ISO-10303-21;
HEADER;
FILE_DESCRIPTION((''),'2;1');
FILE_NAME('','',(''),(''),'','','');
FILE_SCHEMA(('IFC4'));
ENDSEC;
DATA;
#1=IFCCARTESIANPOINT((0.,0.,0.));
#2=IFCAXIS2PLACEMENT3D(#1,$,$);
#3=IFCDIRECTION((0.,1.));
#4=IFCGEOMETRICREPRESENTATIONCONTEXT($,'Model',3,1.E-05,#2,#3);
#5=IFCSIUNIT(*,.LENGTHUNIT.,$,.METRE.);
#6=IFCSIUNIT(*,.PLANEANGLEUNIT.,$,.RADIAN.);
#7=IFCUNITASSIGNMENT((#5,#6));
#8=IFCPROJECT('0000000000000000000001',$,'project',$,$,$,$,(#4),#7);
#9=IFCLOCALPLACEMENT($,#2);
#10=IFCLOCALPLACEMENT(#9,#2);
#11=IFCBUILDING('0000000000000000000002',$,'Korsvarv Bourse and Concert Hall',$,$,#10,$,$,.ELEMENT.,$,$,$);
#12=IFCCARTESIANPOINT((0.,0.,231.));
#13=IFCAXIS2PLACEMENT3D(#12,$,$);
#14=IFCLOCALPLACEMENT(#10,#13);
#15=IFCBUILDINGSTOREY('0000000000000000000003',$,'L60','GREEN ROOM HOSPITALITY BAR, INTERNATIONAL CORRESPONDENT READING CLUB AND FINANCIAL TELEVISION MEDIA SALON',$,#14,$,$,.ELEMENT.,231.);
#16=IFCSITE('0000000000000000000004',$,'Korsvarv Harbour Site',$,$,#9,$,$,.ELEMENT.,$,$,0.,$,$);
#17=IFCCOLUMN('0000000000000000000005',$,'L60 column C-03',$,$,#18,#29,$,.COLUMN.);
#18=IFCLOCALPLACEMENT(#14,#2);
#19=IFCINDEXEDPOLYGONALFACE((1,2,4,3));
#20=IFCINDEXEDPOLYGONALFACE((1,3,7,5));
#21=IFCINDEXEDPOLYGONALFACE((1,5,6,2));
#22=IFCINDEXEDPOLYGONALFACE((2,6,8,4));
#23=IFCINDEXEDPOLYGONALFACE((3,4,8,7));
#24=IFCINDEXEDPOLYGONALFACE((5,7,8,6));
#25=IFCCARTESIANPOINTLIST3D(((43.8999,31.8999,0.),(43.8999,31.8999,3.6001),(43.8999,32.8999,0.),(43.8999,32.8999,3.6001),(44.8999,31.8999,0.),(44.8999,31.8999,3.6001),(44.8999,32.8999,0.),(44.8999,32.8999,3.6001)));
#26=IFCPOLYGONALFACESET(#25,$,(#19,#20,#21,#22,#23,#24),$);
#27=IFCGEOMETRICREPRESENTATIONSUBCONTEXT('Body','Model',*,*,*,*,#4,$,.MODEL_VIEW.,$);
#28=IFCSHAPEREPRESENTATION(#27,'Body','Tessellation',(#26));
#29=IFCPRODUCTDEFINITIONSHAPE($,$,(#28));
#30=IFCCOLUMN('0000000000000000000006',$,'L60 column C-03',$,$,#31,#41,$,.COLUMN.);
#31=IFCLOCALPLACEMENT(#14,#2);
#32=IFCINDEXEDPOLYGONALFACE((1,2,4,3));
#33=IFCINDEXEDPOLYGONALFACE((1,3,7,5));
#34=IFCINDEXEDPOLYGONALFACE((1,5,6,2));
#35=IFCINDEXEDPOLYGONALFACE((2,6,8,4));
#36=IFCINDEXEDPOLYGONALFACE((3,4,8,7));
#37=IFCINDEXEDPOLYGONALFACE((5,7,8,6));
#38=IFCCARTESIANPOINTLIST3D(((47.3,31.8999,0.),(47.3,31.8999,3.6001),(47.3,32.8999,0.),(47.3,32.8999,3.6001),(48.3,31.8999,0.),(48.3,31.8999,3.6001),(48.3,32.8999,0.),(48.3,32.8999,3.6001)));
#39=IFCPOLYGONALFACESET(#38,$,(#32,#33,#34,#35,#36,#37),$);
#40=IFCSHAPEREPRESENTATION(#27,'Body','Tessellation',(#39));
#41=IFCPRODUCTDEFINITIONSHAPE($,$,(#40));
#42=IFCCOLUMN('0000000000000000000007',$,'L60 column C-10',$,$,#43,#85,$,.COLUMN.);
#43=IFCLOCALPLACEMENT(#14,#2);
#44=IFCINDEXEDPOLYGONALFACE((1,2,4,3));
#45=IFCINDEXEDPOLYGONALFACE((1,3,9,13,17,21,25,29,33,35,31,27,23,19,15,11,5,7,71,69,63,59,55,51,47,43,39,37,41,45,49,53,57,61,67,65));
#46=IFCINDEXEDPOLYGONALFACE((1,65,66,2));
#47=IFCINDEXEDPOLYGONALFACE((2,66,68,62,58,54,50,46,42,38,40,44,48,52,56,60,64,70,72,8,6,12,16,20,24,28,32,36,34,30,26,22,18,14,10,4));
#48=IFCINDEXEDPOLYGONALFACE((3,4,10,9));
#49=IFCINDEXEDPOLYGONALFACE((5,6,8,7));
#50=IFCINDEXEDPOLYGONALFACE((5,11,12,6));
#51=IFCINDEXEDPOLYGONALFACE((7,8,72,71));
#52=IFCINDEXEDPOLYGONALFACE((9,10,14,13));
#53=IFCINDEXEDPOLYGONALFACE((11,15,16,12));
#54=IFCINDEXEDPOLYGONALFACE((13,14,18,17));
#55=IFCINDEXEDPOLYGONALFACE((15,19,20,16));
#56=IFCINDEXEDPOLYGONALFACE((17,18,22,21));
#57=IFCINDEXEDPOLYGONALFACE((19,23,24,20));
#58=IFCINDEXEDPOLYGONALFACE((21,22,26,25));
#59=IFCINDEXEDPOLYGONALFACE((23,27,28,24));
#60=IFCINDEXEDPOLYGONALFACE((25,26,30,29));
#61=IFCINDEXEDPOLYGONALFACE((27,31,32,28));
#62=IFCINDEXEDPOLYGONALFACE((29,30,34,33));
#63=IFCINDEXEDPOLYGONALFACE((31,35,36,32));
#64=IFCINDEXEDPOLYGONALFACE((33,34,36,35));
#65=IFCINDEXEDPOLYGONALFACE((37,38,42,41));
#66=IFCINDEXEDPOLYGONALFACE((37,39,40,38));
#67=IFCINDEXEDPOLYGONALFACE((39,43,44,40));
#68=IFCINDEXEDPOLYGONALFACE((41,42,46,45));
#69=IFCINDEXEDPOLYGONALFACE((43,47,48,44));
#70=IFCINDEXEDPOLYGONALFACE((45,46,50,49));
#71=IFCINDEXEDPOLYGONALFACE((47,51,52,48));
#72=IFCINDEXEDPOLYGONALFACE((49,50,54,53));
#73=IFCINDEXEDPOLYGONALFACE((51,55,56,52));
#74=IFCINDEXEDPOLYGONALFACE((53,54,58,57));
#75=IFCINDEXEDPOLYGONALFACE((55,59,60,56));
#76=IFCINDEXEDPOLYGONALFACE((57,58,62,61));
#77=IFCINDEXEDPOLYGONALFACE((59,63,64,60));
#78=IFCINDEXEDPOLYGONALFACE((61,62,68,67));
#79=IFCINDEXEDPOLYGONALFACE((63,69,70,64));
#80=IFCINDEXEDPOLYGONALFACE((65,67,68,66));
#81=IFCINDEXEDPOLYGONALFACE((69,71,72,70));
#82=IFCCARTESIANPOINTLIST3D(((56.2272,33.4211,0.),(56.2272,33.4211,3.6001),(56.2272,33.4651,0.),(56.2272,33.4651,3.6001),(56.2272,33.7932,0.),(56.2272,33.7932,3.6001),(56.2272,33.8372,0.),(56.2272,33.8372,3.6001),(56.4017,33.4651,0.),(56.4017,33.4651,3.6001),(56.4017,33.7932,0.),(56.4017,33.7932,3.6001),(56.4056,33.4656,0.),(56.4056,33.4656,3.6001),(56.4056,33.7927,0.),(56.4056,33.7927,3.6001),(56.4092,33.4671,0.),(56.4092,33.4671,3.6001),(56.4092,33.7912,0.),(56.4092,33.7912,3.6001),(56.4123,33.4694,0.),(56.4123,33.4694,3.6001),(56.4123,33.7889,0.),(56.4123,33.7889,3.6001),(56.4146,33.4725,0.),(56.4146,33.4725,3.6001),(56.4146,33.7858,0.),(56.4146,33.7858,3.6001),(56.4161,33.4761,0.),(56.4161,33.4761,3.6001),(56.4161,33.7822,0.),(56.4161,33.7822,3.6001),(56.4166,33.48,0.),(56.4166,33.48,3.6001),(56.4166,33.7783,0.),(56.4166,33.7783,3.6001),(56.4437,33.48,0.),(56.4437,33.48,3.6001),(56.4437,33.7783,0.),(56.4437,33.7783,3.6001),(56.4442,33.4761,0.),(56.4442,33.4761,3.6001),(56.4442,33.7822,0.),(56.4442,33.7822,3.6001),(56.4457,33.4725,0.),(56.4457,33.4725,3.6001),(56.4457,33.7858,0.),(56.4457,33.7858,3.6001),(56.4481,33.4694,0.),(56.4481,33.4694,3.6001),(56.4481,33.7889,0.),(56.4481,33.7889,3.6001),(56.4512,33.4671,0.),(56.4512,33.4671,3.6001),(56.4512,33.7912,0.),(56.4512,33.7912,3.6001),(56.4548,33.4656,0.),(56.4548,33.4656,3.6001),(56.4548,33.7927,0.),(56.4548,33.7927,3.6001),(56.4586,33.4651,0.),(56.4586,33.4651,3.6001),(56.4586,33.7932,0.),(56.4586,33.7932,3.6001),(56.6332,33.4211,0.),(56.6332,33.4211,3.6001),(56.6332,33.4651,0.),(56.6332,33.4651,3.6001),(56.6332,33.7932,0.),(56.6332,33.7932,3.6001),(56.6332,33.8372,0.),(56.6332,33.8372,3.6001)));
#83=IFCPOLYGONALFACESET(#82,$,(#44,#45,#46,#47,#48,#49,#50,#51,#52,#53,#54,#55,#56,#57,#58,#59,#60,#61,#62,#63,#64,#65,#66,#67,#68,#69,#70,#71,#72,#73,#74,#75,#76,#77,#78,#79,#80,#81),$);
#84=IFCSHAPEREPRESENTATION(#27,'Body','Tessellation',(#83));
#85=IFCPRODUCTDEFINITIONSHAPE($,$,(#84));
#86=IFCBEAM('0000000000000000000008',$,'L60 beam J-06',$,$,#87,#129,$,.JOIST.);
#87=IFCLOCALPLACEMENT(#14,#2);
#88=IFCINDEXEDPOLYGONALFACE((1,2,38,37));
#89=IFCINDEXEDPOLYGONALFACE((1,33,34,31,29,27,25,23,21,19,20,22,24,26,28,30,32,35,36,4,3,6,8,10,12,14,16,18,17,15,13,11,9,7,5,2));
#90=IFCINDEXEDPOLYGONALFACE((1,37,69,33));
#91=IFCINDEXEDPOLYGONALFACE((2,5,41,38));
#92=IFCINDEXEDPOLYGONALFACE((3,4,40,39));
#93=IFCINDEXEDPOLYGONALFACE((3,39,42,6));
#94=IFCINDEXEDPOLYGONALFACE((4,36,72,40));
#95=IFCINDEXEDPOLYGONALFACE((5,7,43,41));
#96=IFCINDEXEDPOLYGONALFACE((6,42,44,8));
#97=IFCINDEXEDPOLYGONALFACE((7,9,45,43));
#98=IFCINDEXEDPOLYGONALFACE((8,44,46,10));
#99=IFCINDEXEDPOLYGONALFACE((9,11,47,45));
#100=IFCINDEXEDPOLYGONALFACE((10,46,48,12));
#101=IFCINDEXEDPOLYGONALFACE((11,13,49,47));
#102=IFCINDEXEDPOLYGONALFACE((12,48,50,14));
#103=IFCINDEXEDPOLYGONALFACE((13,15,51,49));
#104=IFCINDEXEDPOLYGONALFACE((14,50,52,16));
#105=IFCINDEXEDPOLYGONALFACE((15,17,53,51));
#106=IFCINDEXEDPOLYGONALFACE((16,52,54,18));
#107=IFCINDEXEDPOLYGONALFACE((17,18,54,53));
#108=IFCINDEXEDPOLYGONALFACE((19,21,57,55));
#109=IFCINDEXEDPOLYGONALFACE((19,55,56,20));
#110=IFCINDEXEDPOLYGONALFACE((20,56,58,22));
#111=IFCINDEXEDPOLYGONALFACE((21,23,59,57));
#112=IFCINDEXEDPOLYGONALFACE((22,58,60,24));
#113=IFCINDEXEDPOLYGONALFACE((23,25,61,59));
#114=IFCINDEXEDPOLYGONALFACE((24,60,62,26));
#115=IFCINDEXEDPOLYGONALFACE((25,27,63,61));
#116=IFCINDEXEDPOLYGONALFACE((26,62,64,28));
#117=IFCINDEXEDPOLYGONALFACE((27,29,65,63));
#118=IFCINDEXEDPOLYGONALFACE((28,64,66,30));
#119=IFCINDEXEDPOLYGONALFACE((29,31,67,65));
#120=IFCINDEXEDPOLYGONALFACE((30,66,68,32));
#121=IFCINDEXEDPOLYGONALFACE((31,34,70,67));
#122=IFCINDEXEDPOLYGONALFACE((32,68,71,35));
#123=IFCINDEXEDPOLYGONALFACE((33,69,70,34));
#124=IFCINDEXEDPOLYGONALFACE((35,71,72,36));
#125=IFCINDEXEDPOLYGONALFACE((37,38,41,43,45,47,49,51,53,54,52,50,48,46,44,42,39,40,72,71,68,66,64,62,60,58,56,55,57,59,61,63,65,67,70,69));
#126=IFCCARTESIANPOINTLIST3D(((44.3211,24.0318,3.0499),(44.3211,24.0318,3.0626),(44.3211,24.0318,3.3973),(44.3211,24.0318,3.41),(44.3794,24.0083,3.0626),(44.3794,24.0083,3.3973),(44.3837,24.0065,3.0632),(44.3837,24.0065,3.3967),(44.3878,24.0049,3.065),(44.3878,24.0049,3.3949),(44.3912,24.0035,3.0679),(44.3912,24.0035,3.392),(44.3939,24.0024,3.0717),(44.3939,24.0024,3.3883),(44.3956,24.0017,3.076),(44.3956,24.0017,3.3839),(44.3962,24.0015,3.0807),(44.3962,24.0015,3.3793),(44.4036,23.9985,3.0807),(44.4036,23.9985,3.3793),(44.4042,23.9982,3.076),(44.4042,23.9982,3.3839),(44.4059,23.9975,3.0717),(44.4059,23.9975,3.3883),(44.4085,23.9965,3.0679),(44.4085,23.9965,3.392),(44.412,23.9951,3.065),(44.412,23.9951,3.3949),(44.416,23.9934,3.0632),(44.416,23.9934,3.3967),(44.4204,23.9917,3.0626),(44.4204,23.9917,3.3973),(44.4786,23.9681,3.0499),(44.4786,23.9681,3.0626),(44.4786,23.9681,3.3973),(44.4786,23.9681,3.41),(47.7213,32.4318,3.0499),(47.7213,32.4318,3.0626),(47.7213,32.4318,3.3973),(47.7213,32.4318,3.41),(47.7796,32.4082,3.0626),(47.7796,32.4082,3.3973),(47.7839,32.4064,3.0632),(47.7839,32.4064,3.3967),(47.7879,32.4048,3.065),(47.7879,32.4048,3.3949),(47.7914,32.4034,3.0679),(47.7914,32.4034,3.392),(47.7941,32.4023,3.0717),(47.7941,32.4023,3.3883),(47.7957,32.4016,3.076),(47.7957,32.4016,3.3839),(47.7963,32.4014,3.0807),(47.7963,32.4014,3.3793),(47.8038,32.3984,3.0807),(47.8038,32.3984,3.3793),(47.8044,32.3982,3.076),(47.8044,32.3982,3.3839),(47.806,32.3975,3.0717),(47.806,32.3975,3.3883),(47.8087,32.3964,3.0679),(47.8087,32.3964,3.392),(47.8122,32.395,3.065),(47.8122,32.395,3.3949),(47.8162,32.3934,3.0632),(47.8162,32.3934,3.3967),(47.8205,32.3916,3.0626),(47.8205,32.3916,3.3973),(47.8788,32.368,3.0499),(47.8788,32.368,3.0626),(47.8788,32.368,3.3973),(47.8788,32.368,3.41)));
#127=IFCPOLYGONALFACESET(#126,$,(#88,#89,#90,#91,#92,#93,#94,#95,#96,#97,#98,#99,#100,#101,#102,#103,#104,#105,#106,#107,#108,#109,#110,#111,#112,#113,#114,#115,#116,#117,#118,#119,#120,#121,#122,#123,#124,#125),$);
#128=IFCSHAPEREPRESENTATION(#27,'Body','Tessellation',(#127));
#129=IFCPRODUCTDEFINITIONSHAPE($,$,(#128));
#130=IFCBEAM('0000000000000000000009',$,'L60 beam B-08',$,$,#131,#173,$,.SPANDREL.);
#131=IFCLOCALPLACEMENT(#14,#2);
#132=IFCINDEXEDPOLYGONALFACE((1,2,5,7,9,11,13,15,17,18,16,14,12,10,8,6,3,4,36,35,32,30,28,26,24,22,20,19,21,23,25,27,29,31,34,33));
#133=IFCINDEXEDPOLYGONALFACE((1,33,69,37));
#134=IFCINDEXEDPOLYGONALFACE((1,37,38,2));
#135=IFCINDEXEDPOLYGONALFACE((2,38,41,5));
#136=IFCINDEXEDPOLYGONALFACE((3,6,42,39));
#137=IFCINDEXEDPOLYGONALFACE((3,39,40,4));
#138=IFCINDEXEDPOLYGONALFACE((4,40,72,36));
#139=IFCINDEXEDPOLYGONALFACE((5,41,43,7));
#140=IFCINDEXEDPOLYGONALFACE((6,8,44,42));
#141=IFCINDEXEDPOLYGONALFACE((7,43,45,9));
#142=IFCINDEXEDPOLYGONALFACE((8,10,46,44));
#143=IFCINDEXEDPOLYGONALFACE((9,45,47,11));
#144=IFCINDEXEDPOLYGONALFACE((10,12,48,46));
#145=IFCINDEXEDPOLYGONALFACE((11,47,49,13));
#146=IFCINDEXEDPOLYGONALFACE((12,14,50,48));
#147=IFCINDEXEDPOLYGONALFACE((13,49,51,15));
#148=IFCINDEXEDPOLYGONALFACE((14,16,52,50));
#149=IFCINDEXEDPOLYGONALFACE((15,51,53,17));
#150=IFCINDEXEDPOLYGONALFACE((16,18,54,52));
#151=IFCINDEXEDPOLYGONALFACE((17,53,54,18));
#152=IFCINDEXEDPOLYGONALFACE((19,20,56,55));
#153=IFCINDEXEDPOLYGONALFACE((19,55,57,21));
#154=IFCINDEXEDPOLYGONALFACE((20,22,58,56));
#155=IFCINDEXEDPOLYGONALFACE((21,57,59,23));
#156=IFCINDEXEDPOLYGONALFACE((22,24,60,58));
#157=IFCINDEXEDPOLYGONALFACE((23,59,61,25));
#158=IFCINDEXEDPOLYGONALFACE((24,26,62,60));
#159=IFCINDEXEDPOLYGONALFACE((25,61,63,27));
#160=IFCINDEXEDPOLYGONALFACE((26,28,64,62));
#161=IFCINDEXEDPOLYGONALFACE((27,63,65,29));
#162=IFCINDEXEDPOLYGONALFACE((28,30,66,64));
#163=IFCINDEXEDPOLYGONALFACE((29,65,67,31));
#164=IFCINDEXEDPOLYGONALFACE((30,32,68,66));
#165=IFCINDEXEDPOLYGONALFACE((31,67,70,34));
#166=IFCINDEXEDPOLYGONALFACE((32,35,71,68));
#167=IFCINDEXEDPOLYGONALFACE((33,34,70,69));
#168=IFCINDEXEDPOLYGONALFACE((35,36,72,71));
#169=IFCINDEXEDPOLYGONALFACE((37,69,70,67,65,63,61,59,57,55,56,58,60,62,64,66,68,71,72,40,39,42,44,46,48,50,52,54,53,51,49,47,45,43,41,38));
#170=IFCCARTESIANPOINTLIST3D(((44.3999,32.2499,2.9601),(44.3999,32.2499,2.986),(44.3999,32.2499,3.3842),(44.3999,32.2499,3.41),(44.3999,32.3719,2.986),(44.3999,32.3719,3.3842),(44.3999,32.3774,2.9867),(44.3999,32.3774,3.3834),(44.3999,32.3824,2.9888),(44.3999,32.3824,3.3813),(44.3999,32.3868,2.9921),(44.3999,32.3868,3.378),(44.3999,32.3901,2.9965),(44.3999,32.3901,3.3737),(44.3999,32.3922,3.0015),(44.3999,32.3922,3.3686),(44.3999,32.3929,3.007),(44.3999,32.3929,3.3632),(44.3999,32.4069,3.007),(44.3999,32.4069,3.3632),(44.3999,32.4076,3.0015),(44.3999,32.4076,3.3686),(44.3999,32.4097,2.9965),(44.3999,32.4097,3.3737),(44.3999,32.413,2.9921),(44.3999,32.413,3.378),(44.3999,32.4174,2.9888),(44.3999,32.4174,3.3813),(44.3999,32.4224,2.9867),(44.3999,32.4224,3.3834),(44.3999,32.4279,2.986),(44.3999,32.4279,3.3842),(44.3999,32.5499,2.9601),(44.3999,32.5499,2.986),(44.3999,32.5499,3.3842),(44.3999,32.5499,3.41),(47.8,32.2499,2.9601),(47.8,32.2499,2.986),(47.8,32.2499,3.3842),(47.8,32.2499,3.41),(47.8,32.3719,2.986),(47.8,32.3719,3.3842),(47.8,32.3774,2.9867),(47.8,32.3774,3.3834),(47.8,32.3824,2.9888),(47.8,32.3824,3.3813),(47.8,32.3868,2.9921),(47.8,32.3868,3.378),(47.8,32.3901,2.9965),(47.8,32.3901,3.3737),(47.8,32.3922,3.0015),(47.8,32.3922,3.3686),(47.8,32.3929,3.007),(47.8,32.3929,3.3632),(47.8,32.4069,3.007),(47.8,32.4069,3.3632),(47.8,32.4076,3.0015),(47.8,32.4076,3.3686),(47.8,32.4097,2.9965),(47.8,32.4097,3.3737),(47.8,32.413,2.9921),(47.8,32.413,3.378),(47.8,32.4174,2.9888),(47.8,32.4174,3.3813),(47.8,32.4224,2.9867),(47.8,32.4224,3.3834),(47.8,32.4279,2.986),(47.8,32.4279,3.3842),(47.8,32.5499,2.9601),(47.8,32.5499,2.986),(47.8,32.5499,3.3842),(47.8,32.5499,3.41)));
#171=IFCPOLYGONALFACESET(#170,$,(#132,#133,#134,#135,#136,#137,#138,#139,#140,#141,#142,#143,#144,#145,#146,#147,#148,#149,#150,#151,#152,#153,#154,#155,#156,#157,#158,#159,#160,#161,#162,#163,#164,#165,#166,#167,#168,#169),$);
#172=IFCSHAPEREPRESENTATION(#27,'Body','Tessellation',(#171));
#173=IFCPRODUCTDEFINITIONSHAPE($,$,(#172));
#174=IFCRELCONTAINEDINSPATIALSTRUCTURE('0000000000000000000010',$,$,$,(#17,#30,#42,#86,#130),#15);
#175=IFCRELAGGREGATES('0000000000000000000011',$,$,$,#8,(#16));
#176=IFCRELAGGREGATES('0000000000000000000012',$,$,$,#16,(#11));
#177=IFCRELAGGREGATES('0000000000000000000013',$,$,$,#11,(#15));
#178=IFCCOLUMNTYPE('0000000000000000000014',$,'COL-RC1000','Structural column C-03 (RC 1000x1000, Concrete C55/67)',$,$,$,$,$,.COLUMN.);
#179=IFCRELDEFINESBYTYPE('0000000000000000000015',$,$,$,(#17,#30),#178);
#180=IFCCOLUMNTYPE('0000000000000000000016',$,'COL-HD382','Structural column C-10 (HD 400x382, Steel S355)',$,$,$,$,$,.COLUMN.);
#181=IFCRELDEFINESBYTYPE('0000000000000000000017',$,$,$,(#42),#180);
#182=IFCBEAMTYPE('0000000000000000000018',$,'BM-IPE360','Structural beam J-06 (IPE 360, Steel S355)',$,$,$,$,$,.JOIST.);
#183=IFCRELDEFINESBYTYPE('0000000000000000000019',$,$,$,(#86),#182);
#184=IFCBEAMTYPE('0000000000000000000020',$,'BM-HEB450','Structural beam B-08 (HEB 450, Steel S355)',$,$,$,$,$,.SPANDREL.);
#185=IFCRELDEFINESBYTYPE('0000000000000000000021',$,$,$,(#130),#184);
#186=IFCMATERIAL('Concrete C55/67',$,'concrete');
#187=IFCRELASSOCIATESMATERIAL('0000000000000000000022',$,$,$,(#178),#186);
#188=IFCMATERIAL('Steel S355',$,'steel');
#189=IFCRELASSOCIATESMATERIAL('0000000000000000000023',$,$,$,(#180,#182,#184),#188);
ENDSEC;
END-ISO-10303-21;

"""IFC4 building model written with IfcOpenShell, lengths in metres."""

from ifc_helpers import new_model, si_unit, direction, frame, origin, origin_2d, place, context, subcontext, project, spatial, rectangle, i_section, extrude, source, transform, mapped, material, material_profile, profile_set, type_object, element, save


model = new_model("IFC4")

# Units and contexts
model_context = context("Model", 3, precision=1e-05, world=origin(), true_north=direction((0.0, 1.0)))
body_context = subcontext(model_context, "Body", "Model", "MODEL_VIEW")
ifc_project = project(units=[si_unit("LENGTHUNIT", "METRE"), si_unit("PLANEANGLEUNIT", "RADIAN")], contexts=[model_context])

# Site, building, storey
site_placement = place(None, origin())
site = spatial("IfcSite", under=ifc_project, at=site_placement, Name="Korsvarv Harbour Site", CompositionType="ELEMENT", RefElevation=0.0)
building_placement = place(site_placement, origin())
building = spatial("IfcBuilding", under=site, at=building_placement, Name="Korsvarv Bourse and Concert Hall", CompositionType="ELEMENT")
storey_placement = place(building_placement, frame((0.0, 0.0, 231.0)))
storey = spatial("IfcBuildingStorey", under=building, at=storey_placement, Name="L60", Description="GREEN ROOM HOSPITALITY BAR, INTERNATIONAL CORRESPONDENT READING CLUB AND FINANCIAL TELEVISION MEDIA SALON", CompositionType="ELEMENT", Elevation=231.0)

# Columns
ifc_material_1 = material(Name="Concrete C55/67", Category="concrete")
ifc_material_profile_1 = material_profile(ifc_material_1, rectangle(XDim=1.0, YDim=1.0, at=origin_2d()), Name="RC 1000x1000")
ifc_profile_set_1 = profile_set([ifc_material_profile_1], Name="Concrete C55/67")
column_type_1 = type_object("IfcColumnType", Name="COL-RC1000", Description="Structural column C-03 (RC 1000x1000, Concrete C55/67)", PredefinedType="COLUMN", material=ifc_profile_set_1)
shared_shape_1 = source(origin(), body_context, "Body", "SweptSolid", [
    extrude(rectangle(XDim=1.0, YDim=1.0, at=origin_2d()), origin(), (0.0, 0.0, 1.0), 3.6001),
])
for number, where, z_axis, x_axis, name in (
    (1, (44.3999, 32.3999, 0.0), (0.0, 0.0, 1.0), (1.0, 0.0, 0.0), "L60 column C-03"),
    (2, (47.8, 32.3999, 0.0), (0.0, 0.0, 1.0), (1.0, 0.0, 0.0), "L60 column C-03"),
):
    element("IfcColumn", number, at=place(storey_placement, frame(where, z_axis=z_axis, x_axis=x_axis)), inside=storey, type_object=column_type_1, Name=name, PredefinedType="COLUMN", context=body_context, shape_type="MappedRepresentation", body=[
        mapped(shared_shape_1, transform((0.0, 0.0, 0.0), scale=1.0)),
    ])
ifc_material_2 = material(Name="Steel S355", Category="steel")
ifc_material_profile_2 = material_profile(ifc_material_2, i_section(OverallWidth=0.406, OverallDepth=0.416, WebThickness=0.0271, FlangeThickness=0.0439, FilletRadius=0.0149, at=origin_2d()), Name="HD 400x382")
ifc_profile_set_2 = profile_set([ifc_material_profile_2], Name="Steel S355")
column_type_2 = type_object("IfcColumnType", Name="COL-HD382", Description="Structural column C-10 (HD 400x382, Steel S355)", PredefinedType="COLUMN", material=ifc_profile_set_2)
shared_shape_2 = source(origin(), body_context, "Body", "SweptSolid", [
    extrude(i_section(OverallWidth=0.406, OverallDepth=0.416, WebThickness=0.0271, FlangeThickness=0.0439, FilletRadius=0.0149, at=origin_2d()), origin(), (0.0, 0.0, 1.0), 3.6001),
])
column_placement = place(storey_placement, frame((56.4302, 33.6292, 0.0), z_axis=(0.0, 0.0, 1.0), x_axis=(1.0, 0.0, 0.0)))
element("IfcColumn", 3, at=column_placement, inside=storey, type_object=column_type_2, Name="L60 column C-10", PredefinedType="COLUMN", context=body_context, shape_type="MappedRepresentation", body=[
    mapped(shared_shape_2, transform((0.0, 0.0, 0.0), scale=1.0)),
])

# Beams
ifc_material_profile_3 = material_profile(ifc_material_2, i_section(OverallWidth=0.1699, OverallDepth=0.3601, WebThickness=0.0081, FlangeThickness=0.0127, FilletRadius=0.0181, at=origin_2d()), Name="IPE 360")
ifc_profile_set_3 = profile_set([ifc_material_profile_3], Name="Steel S355")
beam_type_1 = type_object("IfcBeamType", Name="BM-IPE360", Description="Structural beam J-06 (IPE 360, Steel S355)", PredefinedType="JOIST", material=ifc_profile_set_3)
shared_shape_3 = source(origin(), body_context, "Body", "SweptSolid", [
    extrude(i_section(OverallWidth=0.1699, OverallDepth=0.3601, WebThickness=0.0081, FlangeThickness=0.0127, FilletRadius=0.0181, at=origin_2d()), origin(), (0.0, 0.0, 1.0), 9.062),
])
beam_1_placement = place(storey_placement, frame((47.8, 32.3999, 3.23), z_axis=(-0.37521, -0.92694, 0.0), x_axis=(0.92694, -0.37521, 0.0)))
element("IfcBeam", 4, at=beam_1_placement, inside=storey, type_object=beam_type_1, Name="L60 beam J-06", PredefinedType="JOIST", context=body_context, shape_type="MappedRepresentation", body=[
    mapped(shared_shape_3, transform((0.0, 0.0, 0.0), scale=1.0)),
])
ifc_material_profile_4 = material_profile(ifc_material_2, i_section(OverallWidth=0.3, OverallDepth=0.45, WebThickness=0.0139, FlangeThickness=0.0259, FilletRadius=0.021, at=origin_2d()), Name="HEB 450")
ifc_profile_set_4 = profile_set([ifc_material_profile_4], Name="Steel S355")
beam_type_2 = type_object("IfcBeamType", Name="BM-HEB450", Description="Structural beam B-08 (HEB 450, Steel S355)", PredefinedType="SPANDREL", material=ifc_profile_set_4)
shared_shape_4 = source(origin(), body_context, "Body", "SweptSolid", [
    extrude(i_section(OverallWidth=0.3, OverallDepth=0.45, WebThickness=0.0139, FlangeThickness=0.0259, FilletRadius=0.021, at=origin_2d()), origin(), (0.0, 0.0, 1.0), 3.4001),
])
beam_2_placement = place(storey_placement, frame((44.3999, 32.3999, 3.1851), z_axis=(1.0, 0.0, 0.0), x_axis=(0.0, 1.0, 0.0)))
element("IfcBeam", 5, at=beam_2_placement, inside=storey, type_object=beam_type_2, Name="L60 beam B-08", PredefinedType="SPANDREL", context=body_context, shape_type="MappedRepresentation", body=[
    mapped(shared_shape_4, transform((0.0, 0.0, 0.0), scale=1.0)),
])

save(model, "model.ifc")
